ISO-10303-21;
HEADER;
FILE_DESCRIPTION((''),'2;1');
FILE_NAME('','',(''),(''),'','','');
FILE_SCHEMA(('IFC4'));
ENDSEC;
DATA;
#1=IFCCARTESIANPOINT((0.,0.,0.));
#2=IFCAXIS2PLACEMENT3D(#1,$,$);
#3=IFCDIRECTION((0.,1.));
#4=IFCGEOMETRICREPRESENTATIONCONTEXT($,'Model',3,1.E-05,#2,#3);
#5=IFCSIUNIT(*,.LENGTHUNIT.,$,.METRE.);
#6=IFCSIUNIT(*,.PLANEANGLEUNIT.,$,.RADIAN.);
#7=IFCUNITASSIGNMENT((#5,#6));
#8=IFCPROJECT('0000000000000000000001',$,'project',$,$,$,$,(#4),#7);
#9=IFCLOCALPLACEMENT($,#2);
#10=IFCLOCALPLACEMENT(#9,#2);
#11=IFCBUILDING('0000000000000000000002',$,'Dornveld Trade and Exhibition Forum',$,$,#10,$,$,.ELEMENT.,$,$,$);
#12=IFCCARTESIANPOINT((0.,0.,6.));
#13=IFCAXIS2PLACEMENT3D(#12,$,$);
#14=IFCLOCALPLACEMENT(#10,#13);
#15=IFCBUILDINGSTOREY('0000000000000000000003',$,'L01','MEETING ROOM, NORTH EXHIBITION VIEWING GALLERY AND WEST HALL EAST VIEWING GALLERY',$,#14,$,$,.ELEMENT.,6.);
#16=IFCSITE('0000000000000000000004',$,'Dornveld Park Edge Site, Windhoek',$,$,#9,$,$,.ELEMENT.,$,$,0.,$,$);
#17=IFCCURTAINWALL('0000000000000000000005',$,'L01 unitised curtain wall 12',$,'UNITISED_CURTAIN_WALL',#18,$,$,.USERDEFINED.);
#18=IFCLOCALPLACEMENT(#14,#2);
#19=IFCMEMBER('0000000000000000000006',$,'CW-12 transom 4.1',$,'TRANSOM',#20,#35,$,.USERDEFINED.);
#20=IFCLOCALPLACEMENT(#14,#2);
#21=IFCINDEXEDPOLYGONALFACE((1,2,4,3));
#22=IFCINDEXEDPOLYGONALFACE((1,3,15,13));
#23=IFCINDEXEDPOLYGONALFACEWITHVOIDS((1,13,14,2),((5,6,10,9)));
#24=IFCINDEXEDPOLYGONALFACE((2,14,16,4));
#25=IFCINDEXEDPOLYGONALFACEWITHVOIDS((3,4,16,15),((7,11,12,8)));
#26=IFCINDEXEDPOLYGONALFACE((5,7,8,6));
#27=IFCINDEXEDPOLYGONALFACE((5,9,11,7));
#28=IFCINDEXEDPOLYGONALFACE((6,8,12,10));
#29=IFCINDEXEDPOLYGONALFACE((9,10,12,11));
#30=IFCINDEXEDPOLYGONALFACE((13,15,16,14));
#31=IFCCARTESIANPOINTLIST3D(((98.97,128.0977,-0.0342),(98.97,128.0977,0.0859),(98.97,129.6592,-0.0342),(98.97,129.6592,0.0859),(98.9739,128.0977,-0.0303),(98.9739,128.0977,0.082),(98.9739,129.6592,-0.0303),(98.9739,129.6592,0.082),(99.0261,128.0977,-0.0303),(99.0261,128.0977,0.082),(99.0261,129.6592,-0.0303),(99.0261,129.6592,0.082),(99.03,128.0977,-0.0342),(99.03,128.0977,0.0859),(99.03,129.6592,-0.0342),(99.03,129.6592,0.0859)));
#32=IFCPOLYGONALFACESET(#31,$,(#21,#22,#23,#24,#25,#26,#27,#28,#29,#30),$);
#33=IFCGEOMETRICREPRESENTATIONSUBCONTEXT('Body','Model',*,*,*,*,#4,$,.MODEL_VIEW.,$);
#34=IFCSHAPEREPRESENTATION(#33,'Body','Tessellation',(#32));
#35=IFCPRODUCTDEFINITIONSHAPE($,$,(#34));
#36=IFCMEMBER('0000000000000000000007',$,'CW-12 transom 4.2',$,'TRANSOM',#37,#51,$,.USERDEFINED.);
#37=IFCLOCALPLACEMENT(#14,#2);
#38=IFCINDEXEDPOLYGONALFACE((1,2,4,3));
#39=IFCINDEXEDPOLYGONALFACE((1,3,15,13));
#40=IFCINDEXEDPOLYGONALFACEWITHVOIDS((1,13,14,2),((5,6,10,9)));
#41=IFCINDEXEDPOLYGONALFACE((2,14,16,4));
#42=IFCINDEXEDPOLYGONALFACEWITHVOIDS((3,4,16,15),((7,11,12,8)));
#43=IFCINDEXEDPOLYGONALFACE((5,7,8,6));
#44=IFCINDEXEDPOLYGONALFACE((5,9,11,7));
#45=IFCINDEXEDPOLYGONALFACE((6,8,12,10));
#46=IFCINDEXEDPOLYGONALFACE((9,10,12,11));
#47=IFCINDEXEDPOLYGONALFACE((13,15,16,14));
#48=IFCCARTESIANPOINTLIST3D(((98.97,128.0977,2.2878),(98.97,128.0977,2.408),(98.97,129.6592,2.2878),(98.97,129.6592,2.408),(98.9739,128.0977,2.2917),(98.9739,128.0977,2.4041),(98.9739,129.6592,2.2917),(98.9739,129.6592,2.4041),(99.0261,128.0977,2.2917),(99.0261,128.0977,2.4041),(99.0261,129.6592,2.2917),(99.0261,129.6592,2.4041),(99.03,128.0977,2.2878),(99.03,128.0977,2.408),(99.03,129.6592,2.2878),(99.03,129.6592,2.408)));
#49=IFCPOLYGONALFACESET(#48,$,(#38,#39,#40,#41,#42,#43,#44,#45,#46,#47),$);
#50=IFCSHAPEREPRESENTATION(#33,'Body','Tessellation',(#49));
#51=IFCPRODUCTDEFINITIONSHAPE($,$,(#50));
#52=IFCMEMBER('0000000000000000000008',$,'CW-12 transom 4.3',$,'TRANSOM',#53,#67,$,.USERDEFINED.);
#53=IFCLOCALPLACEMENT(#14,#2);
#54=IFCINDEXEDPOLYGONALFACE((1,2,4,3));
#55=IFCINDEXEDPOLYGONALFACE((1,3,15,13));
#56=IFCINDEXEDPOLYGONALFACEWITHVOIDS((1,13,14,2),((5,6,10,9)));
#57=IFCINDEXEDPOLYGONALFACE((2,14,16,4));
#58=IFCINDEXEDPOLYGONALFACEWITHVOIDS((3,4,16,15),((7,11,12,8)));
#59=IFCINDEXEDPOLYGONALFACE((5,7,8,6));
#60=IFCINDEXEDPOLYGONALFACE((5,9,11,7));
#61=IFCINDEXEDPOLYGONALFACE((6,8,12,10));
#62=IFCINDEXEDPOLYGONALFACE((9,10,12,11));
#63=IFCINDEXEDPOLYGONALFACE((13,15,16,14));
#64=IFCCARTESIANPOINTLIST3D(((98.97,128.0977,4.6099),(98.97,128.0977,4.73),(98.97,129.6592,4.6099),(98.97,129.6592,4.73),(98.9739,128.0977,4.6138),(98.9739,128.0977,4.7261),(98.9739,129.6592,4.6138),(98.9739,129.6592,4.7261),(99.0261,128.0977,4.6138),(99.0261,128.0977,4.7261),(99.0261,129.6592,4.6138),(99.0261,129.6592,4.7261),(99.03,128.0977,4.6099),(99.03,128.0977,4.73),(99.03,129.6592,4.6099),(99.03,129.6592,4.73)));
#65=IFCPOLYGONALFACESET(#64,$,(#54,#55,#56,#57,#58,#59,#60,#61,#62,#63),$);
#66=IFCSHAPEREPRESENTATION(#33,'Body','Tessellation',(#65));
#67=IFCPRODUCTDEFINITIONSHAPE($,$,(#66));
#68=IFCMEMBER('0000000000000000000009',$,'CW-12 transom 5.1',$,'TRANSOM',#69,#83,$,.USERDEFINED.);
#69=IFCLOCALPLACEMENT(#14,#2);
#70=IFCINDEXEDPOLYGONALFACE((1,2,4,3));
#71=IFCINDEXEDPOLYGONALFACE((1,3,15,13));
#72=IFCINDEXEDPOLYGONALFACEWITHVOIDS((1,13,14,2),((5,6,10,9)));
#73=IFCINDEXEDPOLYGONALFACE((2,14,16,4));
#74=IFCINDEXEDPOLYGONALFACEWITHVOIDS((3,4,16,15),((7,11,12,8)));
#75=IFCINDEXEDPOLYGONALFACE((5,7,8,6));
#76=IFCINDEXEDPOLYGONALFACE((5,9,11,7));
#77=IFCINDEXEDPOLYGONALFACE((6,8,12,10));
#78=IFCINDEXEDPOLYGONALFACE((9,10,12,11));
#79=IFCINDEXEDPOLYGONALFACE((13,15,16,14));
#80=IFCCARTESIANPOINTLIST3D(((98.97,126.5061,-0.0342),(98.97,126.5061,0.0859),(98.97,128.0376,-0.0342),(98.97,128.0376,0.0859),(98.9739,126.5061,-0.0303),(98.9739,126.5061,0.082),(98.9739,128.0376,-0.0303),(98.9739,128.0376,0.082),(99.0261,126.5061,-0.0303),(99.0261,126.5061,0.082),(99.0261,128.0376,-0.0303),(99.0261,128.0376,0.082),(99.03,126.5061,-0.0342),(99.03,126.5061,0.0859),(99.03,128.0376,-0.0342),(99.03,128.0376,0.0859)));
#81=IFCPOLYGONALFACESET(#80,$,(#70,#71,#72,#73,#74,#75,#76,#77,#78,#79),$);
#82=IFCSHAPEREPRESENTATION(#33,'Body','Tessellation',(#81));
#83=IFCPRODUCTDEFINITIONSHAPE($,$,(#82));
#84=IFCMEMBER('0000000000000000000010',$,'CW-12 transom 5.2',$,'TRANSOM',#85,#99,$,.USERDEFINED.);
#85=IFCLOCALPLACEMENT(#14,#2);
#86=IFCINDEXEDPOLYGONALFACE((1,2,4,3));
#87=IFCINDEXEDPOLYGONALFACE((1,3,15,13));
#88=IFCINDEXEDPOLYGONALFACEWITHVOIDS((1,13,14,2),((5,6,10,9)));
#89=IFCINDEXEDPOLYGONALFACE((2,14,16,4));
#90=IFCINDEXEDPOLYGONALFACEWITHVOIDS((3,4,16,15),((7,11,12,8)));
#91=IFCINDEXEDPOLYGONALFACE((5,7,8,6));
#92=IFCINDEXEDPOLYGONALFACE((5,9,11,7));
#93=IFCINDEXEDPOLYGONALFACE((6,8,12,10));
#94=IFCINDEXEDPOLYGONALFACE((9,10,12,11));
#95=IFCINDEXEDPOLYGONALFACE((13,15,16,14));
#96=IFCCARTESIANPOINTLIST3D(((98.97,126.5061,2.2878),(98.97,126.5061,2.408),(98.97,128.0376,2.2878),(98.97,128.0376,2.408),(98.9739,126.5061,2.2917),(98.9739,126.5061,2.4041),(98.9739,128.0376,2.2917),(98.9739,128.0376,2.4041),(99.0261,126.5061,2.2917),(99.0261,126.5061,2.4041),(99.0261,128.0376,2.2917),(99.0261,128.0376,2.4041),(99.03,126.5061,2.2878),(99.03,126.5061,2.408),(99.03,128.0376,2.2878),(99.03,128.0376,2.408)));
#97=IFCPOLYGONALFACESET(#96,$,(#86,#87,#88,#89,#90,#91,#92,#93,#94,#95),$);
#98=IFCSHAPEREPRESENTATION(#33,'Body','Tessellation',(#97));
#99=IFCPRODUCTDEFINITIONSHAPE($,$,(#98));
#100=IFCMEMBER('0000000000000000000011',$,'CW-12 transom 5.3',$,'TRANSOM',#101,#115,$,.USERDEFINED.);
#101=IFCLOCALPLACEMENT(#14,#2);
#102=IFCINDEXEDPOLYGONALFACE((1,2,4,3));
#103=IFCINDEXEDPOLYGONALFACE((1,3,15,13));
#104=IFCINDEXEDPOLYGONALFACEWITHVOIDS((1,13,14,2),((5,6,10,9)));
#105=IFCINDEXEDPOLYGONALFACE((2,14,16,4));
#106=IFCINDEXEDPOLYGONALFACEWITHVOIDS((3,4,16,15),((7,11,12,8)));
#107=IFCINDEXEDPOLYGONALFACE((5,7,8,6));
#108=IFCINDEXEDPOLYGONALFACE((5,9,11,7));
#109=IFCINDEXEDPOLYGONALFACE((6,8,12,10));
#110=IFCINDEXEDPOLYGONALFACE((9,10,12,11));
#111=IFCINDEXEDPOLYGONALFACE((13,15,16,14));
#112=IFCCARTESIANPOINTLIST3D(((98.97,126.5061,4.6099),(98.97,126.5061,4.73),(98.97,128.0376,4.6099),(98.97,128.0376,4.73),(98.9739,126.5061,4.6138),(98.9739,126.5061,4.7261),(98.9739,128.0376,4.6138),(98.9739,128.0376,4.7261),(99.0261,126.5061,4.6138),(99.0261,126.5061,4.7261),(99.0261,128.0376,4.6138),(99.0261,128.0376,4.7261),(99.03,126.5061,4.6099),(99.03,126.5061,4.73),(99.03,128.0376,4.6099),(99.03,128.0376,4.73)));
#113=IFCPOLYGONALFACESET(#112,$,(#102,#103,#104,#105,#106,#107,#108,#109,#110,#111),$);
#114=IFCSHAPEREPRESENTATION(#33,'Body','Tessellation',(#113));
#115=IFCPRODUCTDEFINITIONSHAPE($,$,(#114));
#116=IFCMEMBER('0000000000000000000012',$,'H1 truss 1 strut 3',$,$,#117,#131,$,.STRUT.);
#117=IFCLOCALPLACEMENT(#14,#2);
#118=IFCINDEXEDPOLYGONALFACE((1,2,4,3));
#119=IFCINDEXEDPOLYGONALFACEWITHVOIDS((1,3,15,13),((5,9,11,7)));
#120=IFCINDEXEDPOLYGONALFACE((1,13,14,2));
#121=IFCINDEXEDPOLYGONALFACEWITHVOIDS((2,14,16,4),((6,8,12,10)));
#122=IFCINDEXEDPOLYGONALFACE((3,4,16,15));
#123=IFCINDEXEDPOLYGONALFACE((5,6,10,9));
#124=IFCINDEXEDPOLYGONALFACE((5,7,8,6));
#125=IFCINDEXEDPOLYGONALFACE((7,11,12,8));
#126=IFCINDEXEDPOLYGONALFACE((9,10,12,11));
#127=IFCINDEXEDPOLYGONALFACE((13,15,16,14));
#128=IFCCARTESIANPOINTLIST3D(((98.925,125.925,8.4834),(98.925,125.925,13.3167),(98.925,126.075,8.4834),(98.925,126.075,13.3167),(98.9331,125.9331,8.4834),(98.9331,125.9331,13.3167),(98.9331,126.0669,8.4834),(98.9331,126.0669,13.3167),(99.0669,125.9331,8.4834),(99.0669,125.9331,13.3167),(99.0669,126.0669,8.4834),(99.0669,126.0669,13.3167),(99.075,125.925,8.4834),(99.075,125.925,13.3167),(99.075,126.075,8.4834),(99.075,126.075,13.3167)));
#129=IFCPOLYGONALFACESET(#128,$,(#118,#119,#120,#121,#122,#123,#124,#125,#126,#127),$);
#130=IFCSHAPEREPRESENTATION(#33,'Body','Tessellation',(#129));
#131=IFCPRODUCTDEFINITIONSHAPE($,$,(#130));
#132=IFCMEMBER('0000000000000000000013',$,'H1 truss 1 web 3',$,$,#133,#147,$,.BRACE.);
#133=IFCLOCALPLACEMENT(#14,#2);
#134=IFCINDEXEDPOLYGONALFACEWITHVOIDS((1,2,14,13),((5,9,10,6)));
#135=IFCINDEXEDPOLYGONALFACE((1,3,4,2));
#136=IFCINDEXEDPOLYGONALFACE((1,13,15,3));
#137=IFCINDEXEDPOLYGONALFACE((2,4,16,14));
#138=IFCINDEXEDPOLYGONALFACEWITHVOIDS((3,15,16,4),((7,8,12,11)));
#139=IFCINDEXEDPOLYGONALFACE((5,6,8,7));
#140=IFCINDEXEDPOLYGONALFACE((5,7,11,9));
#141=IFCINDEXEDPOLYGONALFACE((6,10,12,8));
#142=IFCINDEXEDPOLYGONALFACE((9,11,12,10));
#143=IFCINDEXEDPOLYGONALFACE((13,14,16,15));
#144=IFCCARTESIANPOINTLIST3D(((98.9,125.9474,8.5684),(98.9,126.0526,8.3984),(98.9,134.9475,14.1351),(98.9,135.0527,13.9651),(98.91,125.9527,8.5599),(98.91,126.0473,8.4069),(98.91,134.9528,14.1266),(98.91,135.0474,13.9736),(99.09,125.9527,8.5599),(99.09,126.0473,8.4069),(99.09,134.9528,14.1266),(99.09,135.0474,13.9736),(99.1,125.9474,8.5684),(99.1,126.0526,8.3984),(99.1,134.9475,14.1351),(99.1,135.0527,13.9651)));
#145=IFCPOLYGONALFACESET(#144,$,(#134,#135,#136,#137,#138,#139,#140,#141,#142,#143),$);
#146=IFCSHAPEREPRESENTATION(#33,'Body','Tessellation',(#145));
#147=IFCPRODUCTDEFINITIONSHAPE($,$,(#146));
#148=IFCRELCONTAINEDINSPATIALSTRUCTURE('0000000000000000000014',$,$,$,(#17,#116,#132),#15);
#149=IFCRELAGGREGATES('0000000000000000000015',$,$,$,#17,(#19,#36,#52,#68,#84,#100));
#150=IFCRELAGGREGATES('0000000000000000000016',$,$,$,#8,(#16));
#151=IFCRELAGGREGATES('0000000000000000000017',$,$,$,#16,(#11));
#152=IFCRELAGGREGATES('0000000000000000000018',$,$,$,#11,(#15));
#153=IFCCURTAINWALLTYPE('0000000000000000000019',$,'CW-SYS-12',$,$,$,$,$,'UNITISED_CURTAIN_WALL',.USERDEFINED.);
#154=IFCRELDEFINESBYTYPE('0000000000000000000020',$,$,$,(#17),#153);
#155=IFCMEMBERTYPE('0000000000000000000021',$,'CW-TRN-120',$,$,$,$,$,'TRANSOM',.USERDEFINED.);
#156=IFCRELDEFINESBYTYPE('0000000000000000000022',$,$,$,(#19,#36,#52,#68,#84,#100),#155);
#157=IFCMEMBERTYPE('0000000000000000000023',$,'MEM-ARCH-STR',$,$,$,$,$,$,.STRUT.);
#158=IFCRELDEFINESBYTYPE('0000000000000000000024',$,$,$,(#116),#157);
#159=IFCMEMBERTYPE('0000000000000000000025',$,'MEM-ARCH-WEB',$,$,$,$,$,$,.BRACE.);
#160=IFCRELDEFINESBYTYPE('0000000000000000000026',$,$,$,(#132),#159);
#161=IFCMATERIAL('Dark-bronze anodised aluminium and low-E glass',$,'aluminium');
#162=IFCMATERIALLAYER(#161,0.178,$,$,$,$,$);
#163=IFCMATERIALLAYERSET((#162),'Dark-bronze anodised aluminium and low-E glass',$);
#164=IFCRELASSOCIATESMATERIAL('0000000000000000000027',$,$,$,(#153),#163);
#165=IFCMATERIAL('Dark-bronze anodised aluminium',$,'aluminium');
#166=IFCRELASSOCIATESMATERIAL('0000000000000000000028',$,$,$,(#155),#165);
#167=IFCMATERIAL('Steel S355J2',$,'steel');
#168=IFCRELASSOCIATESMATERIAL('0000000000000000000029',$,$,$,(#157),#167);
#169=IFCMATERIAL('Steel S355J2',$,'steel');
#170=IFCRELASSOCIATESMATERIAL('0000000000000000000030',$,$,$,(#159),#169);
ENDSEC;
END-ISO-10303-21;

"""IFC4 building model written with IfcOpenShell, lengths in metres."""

from ifc_helpers import new_model, si_unit, direction, frame, origin, origin_2d, place, context, subcontext, project, spatial, hollow_rectangle, extrude, material, layer, layer_set, material_profile, profile_set, type_object, element, aggregate, save


model = new_model("IFC4")

# Units and contexts
model_context = context("Model", 3, precision=1e-05, world=origin(), true_north=direction((0.0, 1.0)))
body_context = subcontext(model_context, "Body", "Model", "MODEL_VIEW")
ifc_project = project(units=[si_unit("LENGTHUNIT", "METRE"), si_unit("PLANEANGLEUNIT", "RADIAN")], contexts=[model_context])

# Site, building, storey
site_placement = place(None, origin())
site = spatial("IfcSite", under=ifc_project, at=site_placement, Name="Dornveld Park Edge Site, Windhoek", CompositionType="ELEMENT", RefElevation=0.0)
building_placement = place(site_placement, origin())
building = spatial("IfcBuilding", under=site, at=building_placement, Name="Dornveld Trade and Exhibition Forum", CompositionType="ELEMENT")
storey_placement = place(building_placement, frame((0.0, 0.0, 6.0)))
storey = spatial("IfcBuildingStorey", under=building, at=storey_placement, Name="L01", Description="MEETING ROOM, NORTH EXHIBITION VIEWING GALLERY AND WEST HALL EAST VIEWING GALLERY", CompositionType="ELEMENT", Elevation=6.0)

# Curtain wall, members
ifc_material_1 = material(Name="Dark-bronze anodised aluminium and low-E glass", Category="aluminium")
ifc_layer_1 = layer(ifc_material_1, 0.178)
ifc_layer_set_1 = layer_set([ifc_layer_1], Name="Dark-bronze anodised aluminium and low-E glass")
curtain_wall_type = type_object("IfcCurtainWallType", Name="CW-SYS-12", ElementType="UNITISED_CURTAIN_WALL", PredefinedType="USERDEFINED", material=ifc_layer_set_1)
curtain_wall_placement = place(storey_placement, origin())
curtain_wall = element("IfcCurtainWall", 1, at=curtain_wall_placement, inside=storey, type_object=curtain_wall_type, Name="L01 unitised curtain wall 12", ObjectType="UNITISED_CURTAIN_WALL", PredefinedType="USERDEFINED")
ifc_material_2 = material(Name="Dark-bronze anodised aluminium", Category="aluminium")
ifc_material_profile_1 = material_profile(ifc_material_2, hollow_rectangle(XDim=0.0601, YDim=0.1201, WallThickness=0.0039, at=origin_2d()), Name="RHS 120x60x4")
ifc_profile_set_1 = profile_set([ifc_material_profile_1], Name="Dark-bronze anodised aluminium")
member_type_1 = type_object("IfcMemberType", Name="CW-TRN-120", ElementType="TRANSOM", PredefinedType="USERDEFINED", material=ifc_profile_set_1)
member_1_placement = place(storey_placement, frame((99.0, 129.6592, 0.0259), z_axis=(0.0, -1.0, 0.0), x_axis=(1.0, 0.0, 0.0)))
member_1 = element("IfcMember", 2, at=member_1_placement, type_object=member_type_1, Name="CW-12 transom 4.1", ObjectType="TRANSOM", PredefinedType="USERDEFINED", context=body_context, shape_type="SweptSolid", body=[
    extrude(hollow_rectangle(XDim=0.0601, YDim=0.1201, WallThickness=0.0039, at=origin_2d()), origin(), (0.0, 0.0, 1.0), 1.5615),
])
member_2_placement = place(storey_placement, frame((99.0, 129.6592, 2.3479), z_axis=(0.0, -1.0, 0.0), x_axis=(1.0, 0.0, 0.0)))
member_2 = element("IfcMember", 3, at=member_2_placement, type_object=member_type_1, Name="CW-12 transom 4.2", ObjectType="TRANSOM", PredefinedType="USERDEFINED", context=body_context, shape_type="SweptSolid", body=[
    extrude(hollow_rectangle(XDim=0.0601, YDim=0.1201, WallThickness=0.0039, at=origin_2d()), origin(), (0.0, 0.0, 1.0), 1.5615),
])
member_3_placement = place(storey_placement, frame((99.0, 129.6592, 4.6699), z_axis=(0.0, -1.0, 0.0), x_axis=(1.0, 0.0, 0.0)))
member_3 = element("IfcMember", 4, at=member_3_placement, type_object=member_type_1, Name="CW-12 transom 4.3", ObjectType="TRANSOM", PredefinedType="USERDEFINED", context=body_context, shape_type="SweptSolid", body=[
    extrude(hollow_rectangle(XDim=0.0601, YDim=0.1201, WallThickness=0.0039, at=origin_2d()), origin(), (0.0, 0.0, 1.0), 1.5615),
])
member_4_placement = place(storey_placement, frame((99.0, 128.0376, 0.0259), z_axis=(0.0, -1.0, 0.0), x_axis=(1.0, 0.0, 0.0)))
member_4 = element("IfcMember", 5, at=member_4_placement, type_object=member_type_1, Name="CW-12 transom 5.1", ObjectType="TRANSOM", PredefinedType="USERDEFINED", context=body_context, shape_type="SweptSolid", body=[
    extrude(hollow_rectangle(XDim=0.0601, YDim=0.1201, WallThickness=0.0039, at=origin_2d()), origin(), (0.0, 0.0, 1.0), 1.5315),
])
member_5_placement = place(storey_placement, frame((99.0, 128.0376, 2.3479), z_axis=(0.0, -1.0, 0.0), x_axis=(1.0, 0.0, 0.0)))
member_5 = element("IfcMember", 6, at=member_5_placement, type_object=member_type_1, Name="CW-12 transom 5.2", ObjectType="TRANSOM", PredefinedType="USERDEFINED", context=body_context, shape_type="SweptSolid", body=[
    extrude(hollow_rectangle(XDim=0.0601, YDim=0.1201, WallThickness=0.0039, at=origin_2d()), origin(), (0.0, 0.0, 1.0), 1.5315),
])
member_6_placement = place(storey_placement, frame((99.0, 128.0376, 4.6699), z_axis=(0.0, -1.0, 0.0), x_axis=(1.0, 0.0, 0.0)))
member_6 = element("IfcMember", 7, at=member_6_placement, type_object=member_type_1, Name="CW-12 transom 5.3", ObjectType="TRANSOM", PredefinedType="USERDEFINED", context=body_context, shape_type="SweptSolid", body=[
    extrude(hollow_rectangle(XDim=0.0601, YDim=0.1201, WallThickness=0.0039, at=origin_2d()), origin(), (0.0, 0.0, 1.0), 1.5315),
])

# Members
ifc_material_3 = material(Name="Steel S355J2", Category="steel")
ifc_material_profile_2 = material_profile(ifc_material_3, hollow_rectangle(XDim=0.1499, YDim=0.1499, WallThickness=0.0081, at=origin_2d()), Name="SHS 150x150x8")
ifc_profile_set_2 = profile_set([ifc_material_profile_2], Name="Steel S355J2")
member_type_2 = type_object("IfcMemberType", Name="MEM-ARCH-STR", PredefinedType="STRUT", material=ifc_profile_set_2)
member_7_placement = place(storey_placement, frame((99.0, 126.0, 8.4834), z_axis=(0.0, 0.0, 1.0), x_axis=(1.0, 0.0, 0.0)))
element("IfcMember", 8, at=member_7_placement, inside=storey, type_object=member_type_2, Name="H1 truss 1 strut 3", PredefinedType="STRUT", context=body_context, shape_type="SweptSolid", body=[
    extrude(hollow_rectangle(XDim=0.1499, YDim=0.1499, WallThickness=0.0081, at=origin_2d()), origin(), (0.0, 0.0, 1.0), 4.8333),
])
ifc_material_4 = material(Name="Steel S355J2", Category="steel")
ifc_material_profile_3 = material_profile(ifc_material_4, hollow_rectangle(XDim=0.2, YDim=0.2, WallThickness=0.01, at=origin_2d()), Name="SHS 200x200x10")
ifc_profile_set_3 = profile_set([ifc_material_profile_3], Name="Steel S355J2")
member_type_3 = type_object("IfcMemberType", Name="MEM-ARCH-WEB", PredefinedType="BRACE", material=ifc_profile_set_3)
member_8_placement = place(storey_placement, frame((99.0, 126.0, 8.4834), z_axis=(0.0, 0.850467, 0.526028), x_axis=(-1.0, 0.0, 0.0)))
element("IfcMember", 9, at=member_8_placement, inside=storey, type_object=member_type_3, Name="H1 truss 1 web 3", PredefinedType="BRACE", context=body_context, shape_type="SweptSolid", body=[
    extrude(hollow_rectangle(XDim=0.2, YDim=0.2, WallThickness=0.01, at=origin_2d()), origin(), (0.0, 0.0, 1.0), 10.5825),
])

aggregate(curtain_wall, [member_1, member_2, member_3, member_4, member_5, member_6])

save(model, "model.ifc")
